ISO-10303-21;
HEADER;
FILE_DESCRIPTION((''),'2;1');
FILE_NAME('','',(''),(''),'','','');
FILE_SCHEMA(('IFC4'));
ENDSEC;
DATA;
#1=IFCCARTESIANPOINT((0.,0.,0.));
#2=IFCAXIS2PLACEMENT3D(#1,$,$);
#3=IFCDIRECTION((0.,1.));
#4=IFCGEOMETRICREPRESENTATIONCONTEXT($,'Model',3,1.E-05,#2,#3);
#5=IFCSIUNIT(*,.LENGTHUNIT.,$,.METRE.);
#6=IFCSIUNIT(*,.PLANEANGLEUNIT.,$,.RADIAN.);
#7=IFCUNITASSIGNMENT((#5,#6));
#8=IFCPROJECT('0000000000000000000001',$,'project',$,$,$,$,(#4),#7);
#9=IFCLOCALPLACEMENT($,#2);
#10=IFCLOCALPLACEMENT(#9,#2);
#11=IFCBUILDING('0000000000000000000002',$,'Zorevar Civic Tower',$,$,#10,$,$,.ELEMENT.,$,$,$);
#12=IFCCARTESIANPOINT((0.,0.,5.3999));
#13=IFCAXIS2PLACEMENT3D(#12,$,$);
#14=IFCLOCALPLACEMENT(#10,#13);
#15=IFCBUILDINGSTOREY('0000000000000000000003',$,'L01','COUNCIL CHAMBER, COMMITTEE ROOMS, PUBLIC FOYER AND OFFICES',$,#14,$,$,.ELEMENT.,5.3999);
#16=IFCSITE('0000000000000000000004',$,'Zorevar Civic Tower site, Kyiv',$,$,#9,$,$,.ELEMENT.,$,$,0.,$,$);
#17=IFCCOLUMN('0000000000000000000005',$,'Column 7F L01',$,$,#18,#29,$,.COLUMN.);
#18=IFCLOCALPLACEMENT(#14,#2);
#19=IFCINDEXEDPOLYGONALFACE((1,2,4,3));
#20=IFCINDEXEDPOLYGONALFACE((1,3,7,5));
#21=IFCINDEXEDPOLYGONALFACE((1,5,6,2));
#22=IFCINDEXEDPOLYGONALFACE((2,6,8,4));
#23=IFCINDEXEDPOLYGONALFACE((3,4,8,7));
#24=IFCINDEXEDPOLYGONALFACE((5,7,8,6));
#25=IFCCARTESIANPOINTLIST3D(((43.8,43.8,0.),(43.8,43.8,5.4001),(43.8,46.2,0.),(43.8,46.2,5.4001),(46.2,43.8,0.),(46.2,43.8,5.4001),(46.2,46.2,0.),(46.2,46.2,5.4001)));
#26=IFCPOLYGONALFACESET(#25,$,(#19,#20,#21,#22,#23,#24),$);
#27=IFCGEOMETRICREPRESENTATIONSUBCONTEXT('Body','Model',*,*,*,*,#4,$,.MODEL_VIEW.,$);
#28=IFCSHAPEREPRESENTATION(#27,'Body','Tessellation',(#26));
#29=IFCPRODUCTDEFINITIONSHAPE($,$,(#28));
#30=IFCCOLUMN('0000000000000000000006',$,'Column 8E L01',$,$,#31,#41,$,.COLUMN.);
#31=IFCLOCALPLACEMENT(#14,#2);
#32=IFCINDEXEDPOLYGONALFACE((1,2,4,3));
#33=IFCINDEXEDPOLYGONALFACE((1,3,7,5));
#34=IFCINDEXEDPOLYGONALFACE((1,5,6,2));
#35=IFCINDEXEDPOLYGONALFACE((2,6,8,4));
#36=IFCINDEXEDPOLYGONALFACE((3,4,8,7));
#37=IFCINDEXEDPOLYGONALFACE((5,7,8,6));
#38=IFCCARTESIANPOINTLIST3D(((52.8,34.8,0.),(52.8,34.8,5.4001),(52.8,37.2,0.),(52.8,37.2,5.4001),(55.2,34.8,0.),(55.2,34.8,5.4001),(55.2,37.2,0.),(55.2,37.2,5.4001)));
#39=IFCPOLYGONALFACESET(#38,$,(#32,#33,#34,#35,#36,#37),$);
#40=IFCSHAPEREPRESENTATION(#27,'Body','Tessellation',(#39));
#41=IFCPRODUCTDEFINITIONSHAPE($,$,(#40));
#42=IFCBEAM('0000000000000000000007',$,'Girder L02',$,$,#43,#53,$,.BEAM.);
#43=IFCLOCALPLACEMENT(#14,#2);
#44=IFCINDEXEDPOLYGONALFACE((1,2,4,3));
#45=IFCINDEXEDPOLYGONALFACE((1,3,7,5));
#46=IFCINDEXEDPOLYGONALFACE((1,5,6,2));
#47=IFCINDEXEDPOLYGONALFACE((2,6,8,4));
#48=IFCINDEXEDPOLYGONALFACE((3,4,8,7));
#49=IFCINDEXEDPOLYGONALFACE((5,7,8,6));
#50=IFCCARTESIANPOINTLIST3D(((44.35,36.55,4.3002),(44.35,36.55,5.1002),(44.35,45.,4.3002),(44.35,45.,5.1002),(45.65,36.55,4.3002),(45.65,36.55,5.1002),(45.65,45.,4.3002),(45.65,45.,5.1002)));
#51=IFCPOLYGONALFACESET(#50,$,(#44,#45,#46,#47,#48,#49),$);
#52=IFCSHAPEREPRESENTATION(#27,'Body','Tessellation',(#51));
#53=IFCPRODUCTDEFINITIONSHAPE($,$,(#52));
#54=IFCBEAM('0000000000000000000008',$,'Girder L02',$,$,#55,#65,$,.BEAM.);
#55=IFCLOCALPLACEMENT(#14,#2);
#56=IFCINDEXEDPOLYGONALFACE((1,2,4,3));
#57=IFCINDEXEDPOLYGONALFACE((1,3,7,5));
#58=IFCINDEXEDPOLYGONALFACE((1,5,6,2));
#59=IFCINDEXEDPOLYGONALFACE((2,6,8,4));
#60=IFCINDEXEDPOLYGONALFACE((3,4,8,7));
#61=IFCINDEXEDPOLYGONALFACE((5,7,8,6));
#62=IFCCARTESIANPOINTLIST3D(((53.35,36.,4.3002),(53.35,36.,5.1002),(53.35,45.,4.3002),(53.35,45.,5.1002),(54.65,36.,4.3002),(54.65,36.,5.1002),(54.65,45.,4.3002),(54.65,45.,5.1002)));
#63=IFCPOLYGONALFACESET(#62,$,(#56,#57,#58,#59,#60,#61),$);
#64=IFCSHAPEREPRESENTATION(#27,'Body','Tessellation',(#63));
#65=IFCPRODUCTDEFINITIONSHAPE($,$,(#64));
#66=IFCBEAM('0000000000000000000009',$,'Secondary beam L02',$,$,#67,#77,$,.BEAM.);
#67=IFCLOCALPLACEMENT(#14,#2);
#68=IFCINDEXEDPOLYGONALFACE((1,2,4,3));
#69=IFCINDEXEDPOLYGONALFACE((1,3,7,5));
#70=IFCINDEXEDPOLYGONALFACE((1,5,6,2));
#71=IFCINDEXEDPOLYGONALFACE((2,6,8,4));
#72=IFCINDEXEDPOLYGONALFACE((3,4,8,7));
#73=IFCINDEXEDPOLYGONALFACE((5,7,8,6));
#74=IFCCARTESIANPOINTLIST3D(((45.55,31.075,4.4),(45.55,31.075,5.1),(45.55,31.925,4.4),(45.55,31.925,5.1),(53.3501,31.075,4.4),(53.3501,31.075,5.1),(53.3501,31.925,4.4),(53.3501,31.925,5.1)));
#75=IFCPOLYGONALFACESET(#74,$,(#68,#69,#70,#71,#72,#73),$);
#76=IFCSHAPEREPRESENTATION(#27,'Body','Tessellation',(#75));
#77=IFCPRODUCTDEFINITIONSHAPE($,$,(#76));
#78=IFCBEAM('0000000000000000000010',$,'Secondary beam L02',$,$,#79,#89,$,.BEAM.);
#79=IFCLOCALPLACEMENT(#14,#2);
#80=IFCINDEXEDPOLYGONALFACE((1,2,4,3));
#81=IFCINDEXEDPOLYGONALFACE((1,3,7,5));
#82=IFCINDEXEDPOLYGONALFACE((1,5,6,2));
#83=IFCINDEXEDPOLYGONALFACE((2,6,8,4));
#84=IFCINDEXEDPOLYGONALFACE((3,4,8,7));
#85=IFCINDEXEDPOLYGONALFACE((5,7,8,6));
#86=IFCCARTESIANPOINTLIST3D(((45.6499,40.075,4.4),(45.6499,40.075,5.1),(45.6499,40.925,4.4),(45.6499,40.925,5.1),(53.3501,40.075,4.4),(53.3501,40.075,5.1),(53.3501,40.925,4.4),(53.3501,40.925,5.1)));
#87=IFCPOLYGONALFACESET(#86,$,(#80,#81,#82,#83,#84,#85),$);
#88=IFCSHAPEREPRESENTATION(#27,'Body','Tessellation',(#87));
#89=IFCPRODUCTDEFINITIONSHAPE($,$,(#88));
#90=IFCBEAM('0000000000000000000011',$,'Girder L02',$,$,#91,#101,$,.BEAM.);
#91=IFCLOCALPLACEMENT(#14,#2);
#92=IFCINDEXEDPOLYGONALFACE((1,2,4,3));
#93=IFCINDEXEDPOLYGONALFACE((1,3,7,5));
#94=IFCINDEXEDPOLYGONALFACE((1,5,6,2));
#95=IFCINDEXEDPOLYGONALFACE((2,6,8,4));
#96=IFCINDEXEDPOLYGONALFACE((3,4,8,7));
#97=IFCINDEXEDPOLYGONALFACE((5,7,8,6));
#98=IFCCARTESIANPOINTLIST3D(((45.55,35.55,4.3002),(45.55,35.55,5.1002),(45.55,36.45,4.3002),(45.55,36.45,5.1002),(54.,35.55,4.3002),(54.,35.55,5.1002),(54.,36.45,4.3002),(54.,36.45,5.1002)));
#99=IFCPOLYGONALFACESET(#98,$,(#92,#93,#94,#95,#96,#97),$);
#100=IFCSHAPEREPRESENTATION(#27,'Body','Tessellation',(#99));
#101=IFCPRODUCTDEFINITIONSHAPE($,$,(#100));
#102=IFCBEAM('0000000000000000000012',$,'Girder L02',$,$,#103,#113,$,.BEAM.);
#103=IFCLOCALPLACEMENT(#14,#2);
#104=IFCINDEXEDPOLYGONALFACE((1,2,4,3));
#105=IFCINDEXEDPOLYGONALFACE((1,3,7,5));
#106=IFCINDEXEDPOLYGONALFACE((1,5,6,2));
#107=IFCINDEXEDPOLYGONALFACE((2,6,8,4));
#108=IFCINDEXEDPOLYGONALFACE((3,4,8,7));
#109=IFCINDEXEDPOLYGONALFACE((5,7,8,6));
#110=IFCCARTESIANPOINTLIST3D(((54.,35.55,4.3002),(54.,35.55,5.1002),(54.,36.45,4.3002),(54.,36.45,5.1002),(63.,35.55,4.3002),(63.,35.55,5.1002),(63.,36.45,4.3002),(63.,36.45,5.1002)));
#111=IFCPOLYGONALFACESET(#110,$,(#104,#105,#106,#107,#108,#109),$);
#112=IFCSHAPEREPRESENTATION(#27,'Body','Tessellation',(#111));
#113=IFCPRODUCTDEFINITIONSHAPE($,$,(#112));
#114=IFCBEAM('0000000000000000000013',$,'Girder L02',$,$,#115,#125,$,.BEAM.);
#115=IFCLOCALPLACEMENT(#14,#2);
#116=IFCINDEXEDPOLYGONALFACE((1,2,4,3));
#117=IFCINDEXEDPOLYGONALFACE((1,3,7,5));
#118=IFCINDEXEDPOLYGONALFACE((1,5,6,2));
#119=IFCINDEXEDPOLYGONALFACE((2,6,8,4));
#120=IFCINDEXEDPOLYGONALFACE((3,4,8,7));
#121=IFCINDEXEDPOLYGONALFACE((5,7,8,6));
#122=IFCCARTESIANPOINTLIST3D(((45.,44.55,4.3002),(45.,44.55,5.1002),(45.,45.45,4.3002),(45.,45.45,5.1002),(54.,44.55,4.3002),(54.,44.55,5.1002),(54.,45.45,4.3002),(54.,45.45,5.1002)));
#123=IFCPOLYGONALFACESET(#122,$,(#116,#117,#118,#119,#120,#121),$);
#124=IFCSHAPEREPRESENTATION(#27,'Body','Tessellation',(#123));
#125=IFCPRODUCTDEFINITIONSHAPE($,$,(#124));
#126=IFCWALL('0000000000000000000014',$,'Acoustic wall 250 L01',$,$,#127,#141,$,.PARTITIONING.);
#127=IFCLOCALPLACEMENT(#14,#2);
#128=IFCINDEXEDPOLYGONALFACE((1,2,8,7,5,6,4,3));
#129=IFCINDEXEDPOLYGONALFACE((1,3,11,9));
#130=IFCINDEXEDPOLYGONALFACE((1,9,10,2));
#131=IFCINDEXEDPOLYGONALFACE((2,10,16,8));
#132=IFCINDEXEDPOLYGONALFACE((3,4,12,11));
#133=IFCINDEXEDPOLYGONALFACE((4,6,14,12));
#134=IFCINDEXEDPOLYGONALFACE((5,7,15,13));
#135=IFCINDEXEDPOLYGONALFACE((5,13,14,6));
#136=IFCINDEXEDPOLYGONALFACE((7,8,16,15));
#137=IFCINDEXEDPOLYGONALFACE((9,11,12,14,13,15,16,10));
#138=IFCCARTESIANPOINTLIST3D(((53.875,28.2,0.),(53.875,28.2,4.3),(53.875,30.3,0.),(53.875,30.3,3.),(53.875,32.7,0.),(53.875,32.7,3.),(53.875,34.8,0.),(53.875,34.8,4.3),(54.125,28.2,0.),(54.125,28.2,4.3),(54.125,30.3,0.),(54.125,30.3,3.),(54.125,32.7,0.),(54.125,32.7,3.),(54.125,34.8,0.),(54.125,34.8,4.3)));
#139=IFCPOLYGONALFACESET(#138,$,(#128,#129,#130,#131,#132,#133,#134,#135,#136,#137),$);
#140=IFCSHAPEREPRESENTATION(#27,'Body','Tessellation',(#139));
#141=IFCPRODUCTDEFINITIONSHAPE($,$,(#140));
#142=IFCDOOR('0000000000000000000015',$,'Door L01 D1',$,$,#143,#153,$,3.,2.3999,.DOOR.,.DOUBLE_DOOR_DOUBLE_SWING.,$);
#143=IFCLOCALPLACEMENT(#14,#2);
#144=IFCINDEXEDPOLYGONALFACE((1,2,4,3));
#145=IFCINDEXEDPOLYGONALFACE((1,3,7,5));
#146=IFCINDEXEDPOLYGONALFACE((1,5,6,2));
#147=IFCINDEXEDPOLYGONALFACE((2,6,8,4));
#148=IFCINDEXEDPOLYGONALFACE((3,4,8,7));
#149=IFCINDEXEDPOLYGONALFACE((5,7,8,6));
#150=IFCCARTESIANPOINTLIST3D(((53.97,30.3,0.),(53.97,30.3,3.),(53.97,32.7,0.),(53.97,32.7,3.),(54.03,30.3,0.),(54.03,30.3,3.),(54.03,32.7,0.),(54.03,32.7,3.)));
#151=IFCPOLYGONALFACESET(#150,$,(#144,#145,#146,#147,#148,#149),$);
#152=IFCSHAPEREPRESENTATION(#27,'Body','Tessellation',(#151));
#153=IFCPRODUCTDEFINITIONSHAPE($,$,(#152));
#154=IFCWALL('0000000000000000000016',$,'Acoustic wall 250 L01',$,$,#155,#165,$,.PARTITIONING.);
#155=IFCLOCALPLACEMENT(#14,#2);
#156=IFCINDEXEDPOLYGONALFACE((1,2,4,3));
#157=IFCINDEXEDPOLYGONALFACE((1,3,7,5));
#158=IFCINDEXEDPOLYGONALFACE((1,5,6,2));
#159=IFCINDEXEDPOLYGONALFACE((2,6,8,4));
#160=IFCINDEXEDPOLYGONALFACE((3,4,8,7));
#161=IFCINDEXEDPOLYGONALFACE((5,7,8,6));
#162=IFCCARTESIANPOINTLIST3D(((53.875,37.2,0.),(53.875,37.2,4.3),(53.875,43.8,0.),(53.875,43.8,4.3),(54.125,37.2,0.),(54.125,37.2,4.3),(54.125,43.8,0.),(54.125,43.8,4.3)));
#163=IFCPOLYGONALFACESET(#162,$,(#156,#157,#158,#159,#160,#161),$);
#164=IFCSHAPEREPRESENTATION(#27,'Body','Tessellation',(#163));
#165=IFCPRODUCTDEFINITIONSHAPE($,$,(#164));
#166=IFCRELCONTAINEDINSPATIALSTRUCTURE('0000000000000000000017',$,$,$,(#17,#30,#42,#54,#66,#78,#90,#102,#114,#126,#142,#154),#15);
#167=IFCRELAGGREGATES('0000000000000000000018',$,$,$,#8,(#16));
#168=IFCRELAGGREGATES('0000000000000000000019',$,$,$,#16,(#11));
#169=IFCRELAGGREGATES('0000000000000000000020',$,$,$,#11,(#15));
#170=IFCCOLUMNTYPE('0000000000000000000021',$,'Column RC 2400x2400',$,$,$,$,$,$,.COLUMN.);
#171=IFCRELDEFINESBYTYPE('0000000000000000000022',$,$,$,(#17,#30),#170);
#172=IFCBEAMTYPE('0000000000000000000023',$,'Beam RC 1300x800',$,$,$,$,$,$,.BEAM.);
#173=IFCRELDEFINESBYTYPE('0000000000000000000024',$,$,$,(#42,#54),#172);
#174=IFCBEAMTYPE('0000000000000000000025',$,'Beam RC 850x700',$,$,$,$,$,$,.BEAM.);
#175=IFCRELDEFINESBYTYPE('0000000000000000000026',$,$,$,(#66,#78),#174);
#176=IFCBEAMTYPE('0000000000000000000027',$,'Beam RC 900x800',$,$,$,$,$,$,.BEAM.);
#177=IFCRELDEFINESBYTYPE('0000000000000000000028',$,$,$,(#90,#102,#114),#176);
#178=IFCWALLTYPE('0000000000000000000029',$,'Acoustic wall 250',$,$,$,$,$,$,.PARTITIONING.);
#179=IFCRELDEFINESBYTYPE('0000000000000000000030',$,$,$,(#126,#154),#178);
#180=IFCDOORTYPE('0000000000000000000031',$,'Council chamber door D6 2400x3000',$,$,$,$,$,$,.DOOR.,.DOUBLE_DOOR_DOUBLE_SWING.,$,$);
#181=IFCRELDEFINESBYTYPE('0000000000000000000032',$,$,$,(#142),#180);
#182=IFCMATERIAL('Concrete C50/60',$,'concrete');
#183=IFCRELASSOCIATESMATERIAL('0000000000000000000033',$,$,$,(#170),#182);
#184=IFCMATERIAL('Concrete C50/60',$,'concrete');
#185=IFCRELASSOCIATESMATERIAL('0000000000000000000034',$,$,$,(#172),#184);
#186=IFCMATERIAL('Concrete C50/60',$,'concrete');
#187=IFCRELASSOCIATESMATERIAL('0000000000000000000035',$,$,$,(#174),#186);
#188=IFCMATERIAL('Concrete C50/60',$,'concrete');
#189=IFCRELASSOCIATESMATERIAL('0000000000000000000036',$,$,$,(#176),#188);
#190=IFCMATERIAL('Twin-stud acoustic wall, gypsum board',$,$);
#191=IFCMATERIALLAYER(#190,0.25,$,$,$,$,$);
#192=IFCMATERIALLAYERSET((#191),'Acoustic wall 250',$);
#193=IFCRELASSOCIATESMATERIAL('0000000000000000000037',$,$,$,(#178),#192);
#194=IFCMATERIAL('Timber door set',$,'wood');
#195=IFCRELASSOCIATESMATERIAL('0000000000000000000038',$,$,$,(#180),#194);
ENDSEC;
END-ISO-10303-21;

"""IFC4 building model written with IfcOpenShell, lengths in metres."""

from ifc_helpers import new_model, si_unit, direction, frame, frame_2d, origin, origin_2d, place, context, subcontext, project, spatial, rectangle, extrude, material, layer, layer_set, material_profile, profile_set, type_object, element, fill, save


model = new_model("IFC4")

# Units and contexts
model_context = context("Model", 3, precision=1e-05, world=origin(), true_north=direction((0.0, 1.0)))
body_context = subcontext(model_context, "Body", "Model", "MODEL_VIEW")
ifc_project = project(units=[si_unit("LENGTHUNIT", "METRE"), si_unit("PLANEANGLEUNIT", "RADIAN")], contexts=[model_context])

# Site, building, storey
site_placement = place(None, origin())
site = spatial("IfcSite", under=ifc_project, at=site_placement, Name="Zorevar Civic Tower site, Kyiv", CompositionType="ELEMENT", RefElevation=0.0)
building_placement = place(site_placement, origin())
building = spatial("IfcBuilding", under=site, at=building_placement, Name="Zorevar Civic Tower", CompositionType="ELEMENT")
storey_placement = place(building_placement, frame((0.0, 0.0, 5.3999)))
storey = spatial("IfcBuildingStorey", under=building, at=storey_placement, Name="L01", Description="COUNCIL CHAMBER, COMMITTEE ROOMS, PUBLIC FOYER AND OFFICES", CompositionType="ELEMENT", Elevation=5.3999)

# Columns
ifc_material_1 = material(Name="Concrete C50/60", Category="concrete")
ifc_material_profile_1 = material_profile(ifc_material_1, rectangle(XDim=2.3999, YDim=2.3999, at=origin_2d()), Name="RC 2400x2400")
ifc_profile_set_1 = profile_set([ifc_material_profile_1], Name="Concrete C50/60")
column_type = type_object("IfcColumnType", Name="Column RC 2400x2400", PredefinedType="COLUMN", material=ifc_profile_set_1)
for number, where, z_axis, x_axis, name in (
    (1, (45.0, 45.0, 0.0), (0.0, 0.0, 1.0), (1.0, 0.0, 0.0), "Column 7F L01"),
    (2, (54.0, 36.0, 0.0), (0.0, 0.0, 1.0), (1.0, 0.0, 0.0), "Column 8E L01"),
):
    element("IfcColumn", number, at=place(storey_placement, frame(where, z_axis=z_axis, x_axis=x_axis)), inside=storey, type_object=column_type, Name=name, PredefinedType="COLUMN", context=body_context, shape_type="SweptSolid", body=[
        extrude(rectangle(XDim=2.3999, YDim=2.3999, at=origin_2d()), origin(), (0.0, 0.0, 1.0), 5.4001),
    ])

# Beams
ifc_material_2 = material(Name="Concrete C50/60", Category="concrete")
ifc_material_profile_2 = material_profile(ifc_material_2, rectangle(XDim=1.3, YDim=0.8, at=origin_2d()), Name="RC 1300x800")
ifc_profile_set_2 = profile_set([ifc_material_profile_2], Name="Concrete C50/60")
beam_type_1 = type_object("IfcBeamType", Name="Beam RC 1300x800", PredefinedType="BEAM", material=ifc_profile_set_2)
beam_1_placement = place(storey_placement, frame((45.0, 36.55, 4.7002), z_axis=(0.0, 1.0, 0.0), x_axis=(-1.0, 0.0, 0.0)))
element("IfcBeam", 3, at=beam_1_placement, inside=storey, type_object=beam_type_1, Name="Girder L02", PredefinedType="BEAM", context=body_context, shape_type="SweptSolid", body=[
    extrude(rectangle(XDim=1.3, YDim=0.8, at=origin_2d()), origin(), (0.0, 0.0, 1.0), 8.45),
])
beam_2_placement = place(storey_placement, frame((54.0, 36.0, 4.7002), z_axis=(0.0, 1.0, 0.0), x_axis=(-1.0, 0.0, 0.0)))
element("IfcBeam", 4, at=beam_2_placement, inside=storey, type_object=beam_type_1, Name="Girder L02", PredefinedType="BEAM", context=body_context, shape_type="SweptSolid", body=[
    extrude(rectangle(XDim=1.3, YDim=0.8, at=origin_2d()), origin(), (0.0, 0.0, 1.0), 9.0),
])
ifc_material_3 = material(Name="Concrete C50/60", Category="concrete")
ifc_material_profile_3 = material_profile(ifc_material_3, rectangle(XDim=0.8501, YDim=0.7, at=origin_2d()), Name="RC 850x700")
ifc_profile_set_3 = profile_set([ifc_material_profile_3], Name="Concrete C50/60")
beam_type_2 = type_object("IfcBeamType", Name="Beam RC 850x700", PredefinedType="BEAM", material=ifc_profile_set_3)
beam_3_placement = place(storey_placement, frame((45.55, 31.5, 4.75), z_axis=(1.0, 0.0, 0.0), x_axis=(0.0, 1.0, 0.0)))
element("IfcBeam", 5, at=beam_3_placement, inside=storey, type_object=beam_type_2, Name="Secondary beam L02", PredefinedType="BEAM", context=body_context, shape_type="SweptSolid", body=[
    extrude(rectangle(XDim=0.8501, YDim=0.7, at=origin_2d()), origin(), (0.0, 0.0, 1.0), 7.8),
])
beam_4_placement = place(storey_placement, frame((45.6499, 40.5, 4.75), z_axis=(1.0, 0.0, 0.0), x_axis=(0.0, 1.0, 0.0)))
element("IfcBeam", 6, at=beam_4_placement, inside=storey, type_object=beam_type_2, Name="Secondary beam L02", PredefinedType="BEAM", context=body_context, shape_type="SweptSolid", body=[
    extrude(rectangle(XDim=0.8501, YDim=0.7, at=origin_2d()), origin(), (0.0, 0.0, 1.0), 7.7002),
])
ifc_material_4 = material(Name="Concrete C50/60", Category="concrete")
ifc_material_profile_4 = material_profile(ifc_material_4, rectangle(XDim=0.8999, YDim=0.8, at=origin_2d()), Name="RC 900x800")
ifc_profile_set_4 = profile_set([ifc_material_profile_4], Name="Concrete C50/60")
beam_type_3 = type_object("IfcBeamType", Name="Beam RC 900x800", PredefinedType="BEAM", material=ifc_profile_set_4)
beam_5_placement = place(storey_placement, frame((45.55, 36.0, 4.7002), z_axis=(1.0, 0.0, 0.0), x_axis=(0.0, 1.0, 0.0)))
element("IfcBeam", 7, at=beam_5_placement, inside=storey, type_object=beam_type_3, Name="Girder L02", PredefinedType="BEAM", context=body_context, shape_type="SweptSolid", body=[
    extrude(rectangle(XDim=0.8999, YDim=0.8, at=origin_2d()), origin(), (0.0, 0.0, 1.0), 8.45),
])
for number, where, z_axis, x_axis, name in (
    (8, (54.0, 36.0, 4.7002), (1.0, 0.0, 0.0), (0.0, 1.0, 0.0), "Girder L02"),
    (9, (45.0, 45.0, 4.7002), (1.0, 0.0, 0.0), (0.0, 1.0, 0.0), "Girder L02"),
):
    element("IfcBeam", number, at=place(storey_placement, frame(where, z_axis=z_axis, x_axis=x_axis)), inside=storey, type_object=beam_type_3, Name=name, PredefinedType="BEAM", context=body_context, shape_type="SweptSolid", body=[
        extrude(rectangle(XDim=0.8999, YDim=0.8, at=origin_2d()), origin(), (0.0, 0.0, 1.0), 9.0),
    ])

# Wall, opening, door
ifc_material_5 = material(Name="Twin-stud acoustic wall, gypsum board")
ifc_layer_1 = layer(ifc_material_5, 0.25)
ifc_layer_set_1 = layer_set([ifc_layer_1], Name="Acoustic wall 250")
wall_type_1 = type_object("IfcWallType", Name="Acoustic wall 250", PredefinedType="PARTITIONING", material=ifc_layer_set_1)
wall_1_placement = place(storey_placement, frame((54.0, 28.2, 0.0), z_axis=(0.0, 0.0, 1.0), x_axis=(0.0, 1.0, 0.0)))
wall_1 = element("IfcWall", 10, at=wall_1_placement, inside=storey, type_object=wall_type_1, Name="Acoustic wall 250 L01", PredefinedType="PARTITIONING", context=body_context, shape_type="SweptSolid", body=[
    extrude(rectangle(XDim=6.6001, YDim=0.25, at=frame_2d((3.3, 0.0))), origin(), (0.0, 0.0, 1.0), 4.3),
])
opening_1_placement = place(wall_1_placement, frame((2.1001, 0.0, 0.0)))
opening_1 = element("IfcOpeningElement", 11, at=opening_1_placement, cuts=wall_1, PredefinedType="OPENING", context=body_context, shape_type="SweptSolid", body=[
    extrude(rectangle(XDim=2.3999, YDim=3.0, at=frame_2d((1.2, 1.5))), frame((0.0, 0.135, 0.0), z_axis=(0.0, -1.0, 0.0), x_axis=(1.0, 0.0, 0.0)), (0.0, 0.0, 1.0), 0.27),
])
ifc_material_6 = material(Name="Timber door set", Category="wood")
door_type_1 = type_object("IfcDoorType", Name="Council chamber door D6 2400x3000", OperationType="DOUBLE_DOOR_DOUBLE_SWING", PredefinedType="DOOR", material=ifc_material_6)
door_1_placement = place(opening_1_placement, origin())
door_1 = element("IfcDoor", 12, at=door_1_placement, inside=storey, type_object=door_type_1, Name="Door L01 D1", OperationType="DOUBLE_DOOR_DOUBLE_SWING", OverallHeight=3.0, OverallWidth=2.3999, PredefinedType="DOOR", context=body_context, shape_type="SweptSolid", body=[
    extrude(rectangle(XDim=2.3999, YDim=3.0, at=frame_2d((1.2, 1.5))), frame((0.0, 0.03, 0.0), z_axis=(0.0, -1.0, 0.0), x_axis=(1.0, 0.0, 0.0)), (0.0, 0.0, 1.0), 0.0601),
])
fill(opening_1, door_1)

# Wall
wall_2_placement = place(storey_placement, frame((54.0, 37.2, 0.0), z_axis=(0.0, 0.0, 1.0), x_axis=(0.0, 1.0, 0.0)))
element("IfcWall", 13, at=wall_2_placement, inside=storey, type_object=wall_type_1, Name="Acoustic wall 250 L01", PredefinedType="PARTITIONING", context=body_context, shape_type="SweptSolid", body=[
    extrude(rectangle(XDim=6.6001, YDim=0.25, at=frame_2d((3.3, 0.0))), origin(), (0.0, 0.0, 1.0), 4.3),
])

save(model, "model.ifc")
